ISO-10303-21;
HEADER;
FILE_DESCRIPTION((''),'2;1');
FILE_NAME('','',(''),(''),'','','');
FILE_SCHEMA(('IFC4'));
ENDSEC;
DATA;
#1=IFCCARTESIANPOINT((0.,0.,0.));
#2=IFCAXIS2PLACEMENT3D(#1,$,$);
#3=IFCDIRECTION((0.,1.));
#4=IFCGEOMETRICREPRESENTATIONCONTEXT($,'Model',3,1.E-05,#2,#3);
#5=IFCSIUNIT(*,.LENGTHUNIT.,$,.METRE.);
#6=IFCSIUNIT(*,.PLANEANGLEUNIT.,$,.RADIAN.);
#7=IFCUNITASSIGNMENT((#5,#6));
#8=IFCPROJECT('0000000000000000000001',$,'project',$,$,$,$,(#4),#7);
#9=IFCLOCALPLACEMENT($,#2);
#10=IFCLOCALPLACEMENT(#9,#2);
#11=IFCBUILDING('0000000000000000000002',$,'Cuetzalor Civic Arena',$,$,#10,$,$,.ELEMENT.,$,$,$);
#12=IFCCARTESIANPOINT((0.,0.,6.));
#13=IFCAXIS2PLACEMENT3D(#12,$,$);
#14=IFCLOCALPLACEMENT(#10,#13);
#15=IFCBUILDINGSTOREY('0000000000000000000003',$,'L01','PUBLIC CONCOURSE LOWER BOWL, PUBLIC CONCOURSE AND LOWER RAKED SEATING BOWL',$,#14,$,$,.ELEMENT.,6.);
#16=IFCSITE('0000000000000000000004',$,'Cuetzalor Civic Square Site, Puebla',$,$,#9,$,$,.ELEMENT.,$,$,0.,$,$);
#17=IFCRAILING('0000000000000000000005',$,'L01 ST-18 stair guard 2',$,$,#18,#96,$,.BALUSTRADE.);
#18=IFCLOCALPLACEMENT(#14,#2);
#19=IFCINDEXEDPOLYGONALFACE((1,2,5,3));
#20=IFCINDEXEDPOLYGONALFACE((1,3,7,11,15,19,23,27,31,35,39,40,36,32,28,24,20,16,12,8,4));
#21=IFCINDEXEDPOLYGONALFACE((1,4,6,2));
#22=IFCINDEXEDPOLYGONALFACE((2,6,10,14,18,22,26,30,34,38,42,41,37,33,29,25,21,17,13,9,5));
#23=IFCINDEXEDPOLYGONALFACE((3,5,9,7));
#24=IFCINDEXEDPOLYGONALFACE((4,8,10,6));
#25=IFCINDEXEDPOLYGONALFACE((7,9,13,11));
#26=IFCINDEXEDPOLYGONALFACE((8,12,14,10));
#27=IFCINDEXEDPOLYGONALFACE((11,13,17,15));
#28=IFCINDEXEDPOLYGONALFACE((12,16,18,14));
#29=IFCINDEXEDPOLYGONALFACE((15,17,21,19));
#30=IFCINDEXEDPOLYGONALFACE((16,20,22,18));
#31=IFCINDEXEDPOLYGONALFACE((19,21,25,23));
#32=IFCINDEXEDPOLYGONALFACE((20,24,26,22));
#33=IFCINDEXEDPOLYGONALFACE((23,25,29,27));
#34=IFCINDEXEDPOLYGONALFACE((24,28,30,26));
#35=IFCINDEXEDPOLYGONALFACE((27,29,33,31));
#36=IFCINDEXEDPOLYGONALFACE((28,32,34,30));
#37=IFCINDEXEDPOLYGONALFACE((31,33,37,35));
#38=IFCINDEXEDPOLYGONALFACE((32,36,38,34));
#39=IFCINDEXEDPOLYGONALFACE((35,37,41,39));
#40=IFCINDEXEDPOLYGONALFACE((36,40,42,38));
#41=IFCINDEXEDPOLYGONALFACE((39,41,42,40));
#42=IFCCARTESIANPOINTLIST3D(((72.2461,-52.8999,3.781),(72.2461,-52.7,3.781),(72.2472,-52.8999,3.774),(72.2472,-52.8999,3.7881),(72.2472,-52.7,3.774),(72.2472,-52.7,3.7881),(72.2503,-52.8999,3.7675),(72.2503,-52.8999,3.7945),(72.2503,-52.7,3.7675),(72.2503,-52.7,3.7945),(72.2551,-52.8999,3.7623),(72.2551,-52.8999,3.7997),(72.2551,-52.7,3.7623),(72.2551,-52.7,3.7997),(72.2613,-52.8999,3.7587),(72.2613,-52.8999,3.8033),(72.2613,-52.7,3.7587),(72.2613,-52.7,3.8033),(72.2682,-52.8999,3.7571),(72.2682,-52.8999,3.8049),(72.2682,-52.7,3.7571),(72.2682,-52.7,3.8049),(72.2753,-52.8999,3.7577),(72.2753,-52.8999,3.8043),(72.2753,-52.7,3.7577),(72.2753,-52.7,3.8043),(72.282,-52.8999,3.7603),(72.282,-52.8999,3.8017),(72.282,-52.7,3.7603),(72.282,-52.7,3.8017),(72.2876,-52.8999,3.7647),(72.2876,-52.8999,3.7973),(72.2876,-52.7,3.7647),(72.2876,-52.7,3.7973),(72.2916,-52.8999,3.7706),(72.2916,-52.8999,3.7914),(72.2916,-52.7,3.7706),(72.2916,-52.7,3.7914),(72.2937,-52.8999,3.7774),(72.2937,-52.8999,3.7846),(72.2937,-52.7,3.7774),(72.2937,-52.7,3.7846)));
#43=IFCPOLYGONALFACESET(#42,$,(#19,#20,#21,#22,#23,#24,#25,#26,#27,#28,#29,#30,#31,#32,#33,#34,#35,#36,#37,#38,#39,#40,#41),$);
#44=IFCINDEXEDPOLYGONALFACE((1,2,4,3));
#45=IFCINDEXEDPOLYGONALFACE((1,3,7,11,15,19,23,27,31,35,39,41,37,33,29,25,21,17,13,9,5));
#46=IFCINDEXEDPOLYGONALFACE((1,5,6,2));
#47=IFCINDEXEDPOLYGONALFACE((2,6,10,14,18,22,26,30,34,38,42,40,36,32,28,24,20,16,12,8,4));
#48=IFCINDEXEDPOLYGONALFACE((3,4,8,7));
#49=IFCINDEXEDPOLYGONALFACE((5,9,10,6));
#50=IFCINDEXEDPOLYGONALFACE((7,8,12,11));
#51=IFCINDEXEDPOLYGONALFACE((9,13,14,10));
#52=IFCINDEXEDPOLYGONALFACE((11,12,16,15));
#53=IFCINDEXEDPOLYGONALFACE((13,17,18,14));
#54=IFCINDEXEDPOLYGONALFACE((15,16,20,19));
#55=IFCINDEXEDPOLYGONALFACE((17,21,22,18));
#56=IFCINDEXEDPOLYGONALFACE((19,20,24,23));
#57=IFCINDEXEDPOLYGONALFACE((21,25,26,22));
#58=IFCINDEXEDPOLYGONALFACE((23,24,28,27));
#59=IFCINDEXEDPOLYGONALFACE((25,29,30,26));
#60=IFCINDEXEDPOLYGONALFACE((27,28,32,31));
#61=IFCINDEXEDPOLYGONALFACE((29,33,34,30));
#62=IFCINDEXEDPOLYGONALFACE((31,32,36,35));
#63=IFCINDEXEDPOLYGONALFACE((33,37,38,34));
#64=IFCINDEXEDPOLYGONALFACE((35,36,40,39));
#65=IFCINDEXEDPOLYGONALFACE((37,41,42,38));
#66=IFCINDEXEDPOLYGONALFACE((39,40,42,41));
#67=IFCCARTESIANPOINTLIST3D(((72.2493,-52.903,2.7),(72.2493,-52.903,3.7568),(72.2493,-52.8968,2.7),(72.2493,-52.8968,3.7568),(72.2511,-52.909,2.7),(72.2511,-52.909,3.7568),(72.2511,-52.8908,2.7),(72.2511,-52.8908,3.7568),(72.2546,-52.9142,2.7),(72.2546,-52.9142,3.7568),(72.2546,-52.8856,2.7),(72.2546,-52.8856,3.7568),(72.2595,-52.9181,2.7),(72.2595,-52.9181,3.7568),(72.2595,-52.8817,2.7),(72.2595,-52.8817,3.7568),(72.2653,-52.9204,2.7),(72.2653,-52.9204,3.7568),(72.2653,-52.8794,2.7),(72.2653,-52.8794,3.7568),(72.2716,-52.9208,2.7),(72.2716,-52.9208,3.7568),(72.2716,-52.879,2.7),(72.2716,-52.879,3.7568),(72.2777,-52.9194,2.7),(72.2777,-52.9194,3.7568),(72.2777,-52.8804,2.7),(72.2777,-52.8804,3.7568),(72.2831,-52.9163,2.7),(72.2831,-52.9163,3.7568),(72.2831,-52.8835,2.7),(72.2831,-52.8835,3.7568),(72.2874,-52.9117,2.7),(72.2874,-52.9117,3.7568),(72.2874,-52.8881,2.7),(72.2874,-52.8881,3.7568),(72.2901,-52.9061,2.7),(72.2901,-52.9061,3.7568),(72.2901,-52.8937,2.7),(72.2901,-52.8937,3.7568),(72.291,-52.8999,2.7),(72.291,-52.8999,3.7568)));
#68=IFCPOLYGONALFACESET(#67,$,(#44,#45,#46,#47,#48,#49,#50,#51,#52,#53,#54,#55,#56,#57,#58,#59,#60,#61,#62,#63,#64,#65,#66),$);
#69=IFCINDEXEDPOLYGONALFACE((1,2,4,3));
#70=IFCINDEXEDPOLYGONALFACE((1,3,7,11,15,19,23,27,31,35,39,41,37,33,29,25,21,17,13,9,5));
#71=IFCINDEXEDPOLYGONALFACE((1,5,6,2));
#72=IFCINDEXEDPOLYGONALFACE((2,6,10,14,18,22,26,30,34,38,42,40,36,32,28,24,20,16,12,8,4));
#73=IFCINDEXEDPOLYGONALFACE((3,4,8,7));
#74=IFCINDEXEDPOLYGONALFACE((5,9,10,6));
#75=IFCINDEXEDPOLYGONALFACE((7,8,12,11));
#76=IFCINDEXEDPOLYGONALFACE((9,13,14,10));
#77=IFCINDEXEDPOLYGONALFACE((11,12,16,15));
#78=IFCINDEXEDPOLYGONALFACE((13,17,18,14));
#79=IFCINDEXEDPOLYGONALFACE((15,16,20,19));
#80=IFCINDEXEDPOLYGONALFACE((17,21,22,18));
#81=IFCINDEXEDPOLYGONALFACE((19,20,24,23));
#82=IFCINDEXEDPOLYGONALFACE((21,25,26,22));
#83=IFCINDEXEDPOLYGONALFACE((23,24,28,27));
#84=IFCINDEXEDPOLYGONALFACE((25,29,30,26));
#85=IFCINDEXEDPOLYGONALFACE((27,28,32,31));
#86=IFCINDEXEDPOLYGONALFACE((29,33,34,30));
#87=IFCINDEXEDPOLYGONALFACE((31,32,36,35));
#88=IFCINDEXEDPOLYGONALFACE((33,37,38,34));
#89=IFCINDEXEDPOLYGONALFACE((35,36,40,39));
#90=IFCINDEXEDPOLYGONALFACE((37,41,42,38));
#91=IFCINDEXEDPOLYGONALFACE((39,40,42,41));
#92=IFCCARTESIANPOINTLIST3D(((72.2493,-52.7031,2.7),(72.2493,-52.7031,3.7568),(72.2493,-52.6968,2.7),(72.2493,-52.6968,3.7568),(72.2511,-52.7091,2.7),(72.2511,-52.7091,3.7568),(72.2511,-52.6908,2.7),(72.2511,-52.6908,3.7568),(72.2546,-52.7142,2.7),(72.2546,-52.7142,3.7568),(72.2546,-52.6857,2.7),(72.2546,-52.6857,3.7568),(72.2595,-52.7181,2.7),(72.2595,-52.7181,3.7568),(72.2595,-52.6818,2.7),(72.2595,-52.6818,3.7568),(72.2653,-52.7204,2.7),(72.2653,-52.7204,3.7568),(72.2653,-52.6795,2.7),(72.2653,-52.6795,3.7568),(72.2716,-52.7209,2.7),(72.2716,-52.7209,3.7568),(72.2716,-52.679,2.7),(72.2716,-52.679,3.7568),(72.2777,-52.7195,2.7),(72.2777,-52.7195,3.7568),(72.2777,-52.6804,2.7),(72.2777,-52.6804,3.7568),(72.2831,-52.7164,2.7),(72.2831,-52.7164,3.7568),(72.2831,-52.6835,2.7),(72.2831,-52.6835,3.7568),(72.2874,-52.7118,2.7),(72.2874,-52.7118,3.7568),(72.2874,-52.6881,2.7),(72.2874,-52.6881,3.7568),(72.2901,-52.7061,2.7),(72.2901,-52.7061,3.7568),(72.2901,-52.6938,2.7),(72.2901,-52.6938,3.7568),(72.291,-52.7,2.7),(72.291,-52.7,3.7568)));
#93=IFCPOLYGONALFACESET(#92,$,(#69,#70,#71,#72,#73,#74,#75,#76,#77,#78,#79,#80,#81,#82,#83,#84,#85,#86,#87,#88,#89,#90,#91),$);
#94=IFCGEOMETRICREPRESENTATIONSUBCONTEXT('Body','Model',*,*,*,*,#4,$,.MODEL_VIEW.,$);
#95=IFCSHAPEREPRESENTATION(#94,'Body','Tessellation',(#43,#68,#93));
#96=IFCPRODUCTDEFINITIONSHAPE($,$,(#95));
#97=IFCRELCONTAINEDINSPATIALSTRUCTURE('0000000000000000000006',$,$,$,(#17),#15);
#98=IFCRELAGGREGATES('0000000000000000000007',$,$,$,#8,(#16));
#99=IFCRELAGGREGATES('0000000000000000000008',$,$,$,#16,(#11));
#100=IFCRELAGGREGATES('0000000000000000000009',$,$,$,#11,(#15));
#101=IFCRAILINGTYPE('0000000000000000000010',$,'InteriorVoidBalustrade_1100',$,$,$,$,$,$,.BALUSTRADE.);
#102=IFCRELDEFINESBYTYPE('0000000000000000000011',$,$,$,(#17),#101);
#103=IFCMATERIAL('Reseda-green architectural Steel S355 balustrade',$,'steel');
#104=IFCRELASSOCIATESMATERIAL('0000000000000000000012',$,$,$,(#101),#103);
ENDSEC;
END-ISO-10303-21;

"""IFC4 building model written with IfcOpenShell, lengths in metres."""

from ifc_helpers import new_model, si_unit, direction, frame, origin, origin_2d, place, context, subcontext, project, spatial, circle, extrude, material, type_object, element, save


model = new_model("IFC4")

# Units and contexts
model_context = context("Model", 3, precision=1e-05, world=origin(), true_north=direction((0.0, 1.0)))
body_context = subcontext(model_context, "Body", "Model", "MODEL_VIEW")
ifc_project = project(units=[si_unit("LENGTHUNIT", "METRE"), si_unit("PLANEANGLEUNIT", "RADIAN")], contexts=[model_context])

# Site, building, storey
site_placement = place(None, origin())
site = spatial("IfcSite", under=ifc_project, at=site_placement, Name="Cuetzalor Civic Square Site, Puebla", CompositionType="ELEMENT", RefElevation=0.0)
building_placement = place(site_placement, origin())
building = spatial("IfcBuilding", under=site, at=building_placement, Name="Cuetzalor Civic Arena", CompositionType="ELEMENT")
storey_placement = place(building_placement, frame((0.0, 0.0, 6.0)))
storey = spatial("IfcBuildingStorey", under=building, at=storey_placement, Name="L01", Description="PUBLIC CONCOURSE LOWER BOWL, PUBLIC CONCOURSE AND LOWER RAKED SEATING BOWL", CompositionType="ELEMENT", Elevation=6.0)

# Railing
ifc_material_1 = material(Name="Reseda-green architectural Steel S355 balustrade", Category="steel")
railing_type_1 = type_object("IfcRailingType", Name="InteriorVoidBalustrade_1100", PredefinedType="BALUSTRADE", material=ifc_material_1)
railing_1_placement = place(storey_placement, frame((72.27, -52.8999, 2.7)))
element("IfcRailing", 1, at=railing_1_placement, inside=storey, type_object=railing_type_1, Name="L01 ST-18 stair guard 2", PredefinedType="BALUSTRADE", context=body_context, shape_type="SweptSolid", body=[
    extrude(circle(Radius=0.0239, at=origin_2d()), frame((0.0, 0.0, 1.0811), z_axis=(0.0, 1.0, 0.0), x_axis=(-1.0, 0.0, 0.0)), (0.0, 0.0, 1.0), 0.2),
    extrude(circle(Radius=0.021, at=origin_2d()), origin(), (0.0, 0.0, 1.0), 1.0569),
    extrude(circle(Radius=0.021, at=origin_2d()), frame((0.0, 0.2, 0.0)), (0.0, 0.0, 1.0), 1.0569),
])

save(model, "model.ifc")
